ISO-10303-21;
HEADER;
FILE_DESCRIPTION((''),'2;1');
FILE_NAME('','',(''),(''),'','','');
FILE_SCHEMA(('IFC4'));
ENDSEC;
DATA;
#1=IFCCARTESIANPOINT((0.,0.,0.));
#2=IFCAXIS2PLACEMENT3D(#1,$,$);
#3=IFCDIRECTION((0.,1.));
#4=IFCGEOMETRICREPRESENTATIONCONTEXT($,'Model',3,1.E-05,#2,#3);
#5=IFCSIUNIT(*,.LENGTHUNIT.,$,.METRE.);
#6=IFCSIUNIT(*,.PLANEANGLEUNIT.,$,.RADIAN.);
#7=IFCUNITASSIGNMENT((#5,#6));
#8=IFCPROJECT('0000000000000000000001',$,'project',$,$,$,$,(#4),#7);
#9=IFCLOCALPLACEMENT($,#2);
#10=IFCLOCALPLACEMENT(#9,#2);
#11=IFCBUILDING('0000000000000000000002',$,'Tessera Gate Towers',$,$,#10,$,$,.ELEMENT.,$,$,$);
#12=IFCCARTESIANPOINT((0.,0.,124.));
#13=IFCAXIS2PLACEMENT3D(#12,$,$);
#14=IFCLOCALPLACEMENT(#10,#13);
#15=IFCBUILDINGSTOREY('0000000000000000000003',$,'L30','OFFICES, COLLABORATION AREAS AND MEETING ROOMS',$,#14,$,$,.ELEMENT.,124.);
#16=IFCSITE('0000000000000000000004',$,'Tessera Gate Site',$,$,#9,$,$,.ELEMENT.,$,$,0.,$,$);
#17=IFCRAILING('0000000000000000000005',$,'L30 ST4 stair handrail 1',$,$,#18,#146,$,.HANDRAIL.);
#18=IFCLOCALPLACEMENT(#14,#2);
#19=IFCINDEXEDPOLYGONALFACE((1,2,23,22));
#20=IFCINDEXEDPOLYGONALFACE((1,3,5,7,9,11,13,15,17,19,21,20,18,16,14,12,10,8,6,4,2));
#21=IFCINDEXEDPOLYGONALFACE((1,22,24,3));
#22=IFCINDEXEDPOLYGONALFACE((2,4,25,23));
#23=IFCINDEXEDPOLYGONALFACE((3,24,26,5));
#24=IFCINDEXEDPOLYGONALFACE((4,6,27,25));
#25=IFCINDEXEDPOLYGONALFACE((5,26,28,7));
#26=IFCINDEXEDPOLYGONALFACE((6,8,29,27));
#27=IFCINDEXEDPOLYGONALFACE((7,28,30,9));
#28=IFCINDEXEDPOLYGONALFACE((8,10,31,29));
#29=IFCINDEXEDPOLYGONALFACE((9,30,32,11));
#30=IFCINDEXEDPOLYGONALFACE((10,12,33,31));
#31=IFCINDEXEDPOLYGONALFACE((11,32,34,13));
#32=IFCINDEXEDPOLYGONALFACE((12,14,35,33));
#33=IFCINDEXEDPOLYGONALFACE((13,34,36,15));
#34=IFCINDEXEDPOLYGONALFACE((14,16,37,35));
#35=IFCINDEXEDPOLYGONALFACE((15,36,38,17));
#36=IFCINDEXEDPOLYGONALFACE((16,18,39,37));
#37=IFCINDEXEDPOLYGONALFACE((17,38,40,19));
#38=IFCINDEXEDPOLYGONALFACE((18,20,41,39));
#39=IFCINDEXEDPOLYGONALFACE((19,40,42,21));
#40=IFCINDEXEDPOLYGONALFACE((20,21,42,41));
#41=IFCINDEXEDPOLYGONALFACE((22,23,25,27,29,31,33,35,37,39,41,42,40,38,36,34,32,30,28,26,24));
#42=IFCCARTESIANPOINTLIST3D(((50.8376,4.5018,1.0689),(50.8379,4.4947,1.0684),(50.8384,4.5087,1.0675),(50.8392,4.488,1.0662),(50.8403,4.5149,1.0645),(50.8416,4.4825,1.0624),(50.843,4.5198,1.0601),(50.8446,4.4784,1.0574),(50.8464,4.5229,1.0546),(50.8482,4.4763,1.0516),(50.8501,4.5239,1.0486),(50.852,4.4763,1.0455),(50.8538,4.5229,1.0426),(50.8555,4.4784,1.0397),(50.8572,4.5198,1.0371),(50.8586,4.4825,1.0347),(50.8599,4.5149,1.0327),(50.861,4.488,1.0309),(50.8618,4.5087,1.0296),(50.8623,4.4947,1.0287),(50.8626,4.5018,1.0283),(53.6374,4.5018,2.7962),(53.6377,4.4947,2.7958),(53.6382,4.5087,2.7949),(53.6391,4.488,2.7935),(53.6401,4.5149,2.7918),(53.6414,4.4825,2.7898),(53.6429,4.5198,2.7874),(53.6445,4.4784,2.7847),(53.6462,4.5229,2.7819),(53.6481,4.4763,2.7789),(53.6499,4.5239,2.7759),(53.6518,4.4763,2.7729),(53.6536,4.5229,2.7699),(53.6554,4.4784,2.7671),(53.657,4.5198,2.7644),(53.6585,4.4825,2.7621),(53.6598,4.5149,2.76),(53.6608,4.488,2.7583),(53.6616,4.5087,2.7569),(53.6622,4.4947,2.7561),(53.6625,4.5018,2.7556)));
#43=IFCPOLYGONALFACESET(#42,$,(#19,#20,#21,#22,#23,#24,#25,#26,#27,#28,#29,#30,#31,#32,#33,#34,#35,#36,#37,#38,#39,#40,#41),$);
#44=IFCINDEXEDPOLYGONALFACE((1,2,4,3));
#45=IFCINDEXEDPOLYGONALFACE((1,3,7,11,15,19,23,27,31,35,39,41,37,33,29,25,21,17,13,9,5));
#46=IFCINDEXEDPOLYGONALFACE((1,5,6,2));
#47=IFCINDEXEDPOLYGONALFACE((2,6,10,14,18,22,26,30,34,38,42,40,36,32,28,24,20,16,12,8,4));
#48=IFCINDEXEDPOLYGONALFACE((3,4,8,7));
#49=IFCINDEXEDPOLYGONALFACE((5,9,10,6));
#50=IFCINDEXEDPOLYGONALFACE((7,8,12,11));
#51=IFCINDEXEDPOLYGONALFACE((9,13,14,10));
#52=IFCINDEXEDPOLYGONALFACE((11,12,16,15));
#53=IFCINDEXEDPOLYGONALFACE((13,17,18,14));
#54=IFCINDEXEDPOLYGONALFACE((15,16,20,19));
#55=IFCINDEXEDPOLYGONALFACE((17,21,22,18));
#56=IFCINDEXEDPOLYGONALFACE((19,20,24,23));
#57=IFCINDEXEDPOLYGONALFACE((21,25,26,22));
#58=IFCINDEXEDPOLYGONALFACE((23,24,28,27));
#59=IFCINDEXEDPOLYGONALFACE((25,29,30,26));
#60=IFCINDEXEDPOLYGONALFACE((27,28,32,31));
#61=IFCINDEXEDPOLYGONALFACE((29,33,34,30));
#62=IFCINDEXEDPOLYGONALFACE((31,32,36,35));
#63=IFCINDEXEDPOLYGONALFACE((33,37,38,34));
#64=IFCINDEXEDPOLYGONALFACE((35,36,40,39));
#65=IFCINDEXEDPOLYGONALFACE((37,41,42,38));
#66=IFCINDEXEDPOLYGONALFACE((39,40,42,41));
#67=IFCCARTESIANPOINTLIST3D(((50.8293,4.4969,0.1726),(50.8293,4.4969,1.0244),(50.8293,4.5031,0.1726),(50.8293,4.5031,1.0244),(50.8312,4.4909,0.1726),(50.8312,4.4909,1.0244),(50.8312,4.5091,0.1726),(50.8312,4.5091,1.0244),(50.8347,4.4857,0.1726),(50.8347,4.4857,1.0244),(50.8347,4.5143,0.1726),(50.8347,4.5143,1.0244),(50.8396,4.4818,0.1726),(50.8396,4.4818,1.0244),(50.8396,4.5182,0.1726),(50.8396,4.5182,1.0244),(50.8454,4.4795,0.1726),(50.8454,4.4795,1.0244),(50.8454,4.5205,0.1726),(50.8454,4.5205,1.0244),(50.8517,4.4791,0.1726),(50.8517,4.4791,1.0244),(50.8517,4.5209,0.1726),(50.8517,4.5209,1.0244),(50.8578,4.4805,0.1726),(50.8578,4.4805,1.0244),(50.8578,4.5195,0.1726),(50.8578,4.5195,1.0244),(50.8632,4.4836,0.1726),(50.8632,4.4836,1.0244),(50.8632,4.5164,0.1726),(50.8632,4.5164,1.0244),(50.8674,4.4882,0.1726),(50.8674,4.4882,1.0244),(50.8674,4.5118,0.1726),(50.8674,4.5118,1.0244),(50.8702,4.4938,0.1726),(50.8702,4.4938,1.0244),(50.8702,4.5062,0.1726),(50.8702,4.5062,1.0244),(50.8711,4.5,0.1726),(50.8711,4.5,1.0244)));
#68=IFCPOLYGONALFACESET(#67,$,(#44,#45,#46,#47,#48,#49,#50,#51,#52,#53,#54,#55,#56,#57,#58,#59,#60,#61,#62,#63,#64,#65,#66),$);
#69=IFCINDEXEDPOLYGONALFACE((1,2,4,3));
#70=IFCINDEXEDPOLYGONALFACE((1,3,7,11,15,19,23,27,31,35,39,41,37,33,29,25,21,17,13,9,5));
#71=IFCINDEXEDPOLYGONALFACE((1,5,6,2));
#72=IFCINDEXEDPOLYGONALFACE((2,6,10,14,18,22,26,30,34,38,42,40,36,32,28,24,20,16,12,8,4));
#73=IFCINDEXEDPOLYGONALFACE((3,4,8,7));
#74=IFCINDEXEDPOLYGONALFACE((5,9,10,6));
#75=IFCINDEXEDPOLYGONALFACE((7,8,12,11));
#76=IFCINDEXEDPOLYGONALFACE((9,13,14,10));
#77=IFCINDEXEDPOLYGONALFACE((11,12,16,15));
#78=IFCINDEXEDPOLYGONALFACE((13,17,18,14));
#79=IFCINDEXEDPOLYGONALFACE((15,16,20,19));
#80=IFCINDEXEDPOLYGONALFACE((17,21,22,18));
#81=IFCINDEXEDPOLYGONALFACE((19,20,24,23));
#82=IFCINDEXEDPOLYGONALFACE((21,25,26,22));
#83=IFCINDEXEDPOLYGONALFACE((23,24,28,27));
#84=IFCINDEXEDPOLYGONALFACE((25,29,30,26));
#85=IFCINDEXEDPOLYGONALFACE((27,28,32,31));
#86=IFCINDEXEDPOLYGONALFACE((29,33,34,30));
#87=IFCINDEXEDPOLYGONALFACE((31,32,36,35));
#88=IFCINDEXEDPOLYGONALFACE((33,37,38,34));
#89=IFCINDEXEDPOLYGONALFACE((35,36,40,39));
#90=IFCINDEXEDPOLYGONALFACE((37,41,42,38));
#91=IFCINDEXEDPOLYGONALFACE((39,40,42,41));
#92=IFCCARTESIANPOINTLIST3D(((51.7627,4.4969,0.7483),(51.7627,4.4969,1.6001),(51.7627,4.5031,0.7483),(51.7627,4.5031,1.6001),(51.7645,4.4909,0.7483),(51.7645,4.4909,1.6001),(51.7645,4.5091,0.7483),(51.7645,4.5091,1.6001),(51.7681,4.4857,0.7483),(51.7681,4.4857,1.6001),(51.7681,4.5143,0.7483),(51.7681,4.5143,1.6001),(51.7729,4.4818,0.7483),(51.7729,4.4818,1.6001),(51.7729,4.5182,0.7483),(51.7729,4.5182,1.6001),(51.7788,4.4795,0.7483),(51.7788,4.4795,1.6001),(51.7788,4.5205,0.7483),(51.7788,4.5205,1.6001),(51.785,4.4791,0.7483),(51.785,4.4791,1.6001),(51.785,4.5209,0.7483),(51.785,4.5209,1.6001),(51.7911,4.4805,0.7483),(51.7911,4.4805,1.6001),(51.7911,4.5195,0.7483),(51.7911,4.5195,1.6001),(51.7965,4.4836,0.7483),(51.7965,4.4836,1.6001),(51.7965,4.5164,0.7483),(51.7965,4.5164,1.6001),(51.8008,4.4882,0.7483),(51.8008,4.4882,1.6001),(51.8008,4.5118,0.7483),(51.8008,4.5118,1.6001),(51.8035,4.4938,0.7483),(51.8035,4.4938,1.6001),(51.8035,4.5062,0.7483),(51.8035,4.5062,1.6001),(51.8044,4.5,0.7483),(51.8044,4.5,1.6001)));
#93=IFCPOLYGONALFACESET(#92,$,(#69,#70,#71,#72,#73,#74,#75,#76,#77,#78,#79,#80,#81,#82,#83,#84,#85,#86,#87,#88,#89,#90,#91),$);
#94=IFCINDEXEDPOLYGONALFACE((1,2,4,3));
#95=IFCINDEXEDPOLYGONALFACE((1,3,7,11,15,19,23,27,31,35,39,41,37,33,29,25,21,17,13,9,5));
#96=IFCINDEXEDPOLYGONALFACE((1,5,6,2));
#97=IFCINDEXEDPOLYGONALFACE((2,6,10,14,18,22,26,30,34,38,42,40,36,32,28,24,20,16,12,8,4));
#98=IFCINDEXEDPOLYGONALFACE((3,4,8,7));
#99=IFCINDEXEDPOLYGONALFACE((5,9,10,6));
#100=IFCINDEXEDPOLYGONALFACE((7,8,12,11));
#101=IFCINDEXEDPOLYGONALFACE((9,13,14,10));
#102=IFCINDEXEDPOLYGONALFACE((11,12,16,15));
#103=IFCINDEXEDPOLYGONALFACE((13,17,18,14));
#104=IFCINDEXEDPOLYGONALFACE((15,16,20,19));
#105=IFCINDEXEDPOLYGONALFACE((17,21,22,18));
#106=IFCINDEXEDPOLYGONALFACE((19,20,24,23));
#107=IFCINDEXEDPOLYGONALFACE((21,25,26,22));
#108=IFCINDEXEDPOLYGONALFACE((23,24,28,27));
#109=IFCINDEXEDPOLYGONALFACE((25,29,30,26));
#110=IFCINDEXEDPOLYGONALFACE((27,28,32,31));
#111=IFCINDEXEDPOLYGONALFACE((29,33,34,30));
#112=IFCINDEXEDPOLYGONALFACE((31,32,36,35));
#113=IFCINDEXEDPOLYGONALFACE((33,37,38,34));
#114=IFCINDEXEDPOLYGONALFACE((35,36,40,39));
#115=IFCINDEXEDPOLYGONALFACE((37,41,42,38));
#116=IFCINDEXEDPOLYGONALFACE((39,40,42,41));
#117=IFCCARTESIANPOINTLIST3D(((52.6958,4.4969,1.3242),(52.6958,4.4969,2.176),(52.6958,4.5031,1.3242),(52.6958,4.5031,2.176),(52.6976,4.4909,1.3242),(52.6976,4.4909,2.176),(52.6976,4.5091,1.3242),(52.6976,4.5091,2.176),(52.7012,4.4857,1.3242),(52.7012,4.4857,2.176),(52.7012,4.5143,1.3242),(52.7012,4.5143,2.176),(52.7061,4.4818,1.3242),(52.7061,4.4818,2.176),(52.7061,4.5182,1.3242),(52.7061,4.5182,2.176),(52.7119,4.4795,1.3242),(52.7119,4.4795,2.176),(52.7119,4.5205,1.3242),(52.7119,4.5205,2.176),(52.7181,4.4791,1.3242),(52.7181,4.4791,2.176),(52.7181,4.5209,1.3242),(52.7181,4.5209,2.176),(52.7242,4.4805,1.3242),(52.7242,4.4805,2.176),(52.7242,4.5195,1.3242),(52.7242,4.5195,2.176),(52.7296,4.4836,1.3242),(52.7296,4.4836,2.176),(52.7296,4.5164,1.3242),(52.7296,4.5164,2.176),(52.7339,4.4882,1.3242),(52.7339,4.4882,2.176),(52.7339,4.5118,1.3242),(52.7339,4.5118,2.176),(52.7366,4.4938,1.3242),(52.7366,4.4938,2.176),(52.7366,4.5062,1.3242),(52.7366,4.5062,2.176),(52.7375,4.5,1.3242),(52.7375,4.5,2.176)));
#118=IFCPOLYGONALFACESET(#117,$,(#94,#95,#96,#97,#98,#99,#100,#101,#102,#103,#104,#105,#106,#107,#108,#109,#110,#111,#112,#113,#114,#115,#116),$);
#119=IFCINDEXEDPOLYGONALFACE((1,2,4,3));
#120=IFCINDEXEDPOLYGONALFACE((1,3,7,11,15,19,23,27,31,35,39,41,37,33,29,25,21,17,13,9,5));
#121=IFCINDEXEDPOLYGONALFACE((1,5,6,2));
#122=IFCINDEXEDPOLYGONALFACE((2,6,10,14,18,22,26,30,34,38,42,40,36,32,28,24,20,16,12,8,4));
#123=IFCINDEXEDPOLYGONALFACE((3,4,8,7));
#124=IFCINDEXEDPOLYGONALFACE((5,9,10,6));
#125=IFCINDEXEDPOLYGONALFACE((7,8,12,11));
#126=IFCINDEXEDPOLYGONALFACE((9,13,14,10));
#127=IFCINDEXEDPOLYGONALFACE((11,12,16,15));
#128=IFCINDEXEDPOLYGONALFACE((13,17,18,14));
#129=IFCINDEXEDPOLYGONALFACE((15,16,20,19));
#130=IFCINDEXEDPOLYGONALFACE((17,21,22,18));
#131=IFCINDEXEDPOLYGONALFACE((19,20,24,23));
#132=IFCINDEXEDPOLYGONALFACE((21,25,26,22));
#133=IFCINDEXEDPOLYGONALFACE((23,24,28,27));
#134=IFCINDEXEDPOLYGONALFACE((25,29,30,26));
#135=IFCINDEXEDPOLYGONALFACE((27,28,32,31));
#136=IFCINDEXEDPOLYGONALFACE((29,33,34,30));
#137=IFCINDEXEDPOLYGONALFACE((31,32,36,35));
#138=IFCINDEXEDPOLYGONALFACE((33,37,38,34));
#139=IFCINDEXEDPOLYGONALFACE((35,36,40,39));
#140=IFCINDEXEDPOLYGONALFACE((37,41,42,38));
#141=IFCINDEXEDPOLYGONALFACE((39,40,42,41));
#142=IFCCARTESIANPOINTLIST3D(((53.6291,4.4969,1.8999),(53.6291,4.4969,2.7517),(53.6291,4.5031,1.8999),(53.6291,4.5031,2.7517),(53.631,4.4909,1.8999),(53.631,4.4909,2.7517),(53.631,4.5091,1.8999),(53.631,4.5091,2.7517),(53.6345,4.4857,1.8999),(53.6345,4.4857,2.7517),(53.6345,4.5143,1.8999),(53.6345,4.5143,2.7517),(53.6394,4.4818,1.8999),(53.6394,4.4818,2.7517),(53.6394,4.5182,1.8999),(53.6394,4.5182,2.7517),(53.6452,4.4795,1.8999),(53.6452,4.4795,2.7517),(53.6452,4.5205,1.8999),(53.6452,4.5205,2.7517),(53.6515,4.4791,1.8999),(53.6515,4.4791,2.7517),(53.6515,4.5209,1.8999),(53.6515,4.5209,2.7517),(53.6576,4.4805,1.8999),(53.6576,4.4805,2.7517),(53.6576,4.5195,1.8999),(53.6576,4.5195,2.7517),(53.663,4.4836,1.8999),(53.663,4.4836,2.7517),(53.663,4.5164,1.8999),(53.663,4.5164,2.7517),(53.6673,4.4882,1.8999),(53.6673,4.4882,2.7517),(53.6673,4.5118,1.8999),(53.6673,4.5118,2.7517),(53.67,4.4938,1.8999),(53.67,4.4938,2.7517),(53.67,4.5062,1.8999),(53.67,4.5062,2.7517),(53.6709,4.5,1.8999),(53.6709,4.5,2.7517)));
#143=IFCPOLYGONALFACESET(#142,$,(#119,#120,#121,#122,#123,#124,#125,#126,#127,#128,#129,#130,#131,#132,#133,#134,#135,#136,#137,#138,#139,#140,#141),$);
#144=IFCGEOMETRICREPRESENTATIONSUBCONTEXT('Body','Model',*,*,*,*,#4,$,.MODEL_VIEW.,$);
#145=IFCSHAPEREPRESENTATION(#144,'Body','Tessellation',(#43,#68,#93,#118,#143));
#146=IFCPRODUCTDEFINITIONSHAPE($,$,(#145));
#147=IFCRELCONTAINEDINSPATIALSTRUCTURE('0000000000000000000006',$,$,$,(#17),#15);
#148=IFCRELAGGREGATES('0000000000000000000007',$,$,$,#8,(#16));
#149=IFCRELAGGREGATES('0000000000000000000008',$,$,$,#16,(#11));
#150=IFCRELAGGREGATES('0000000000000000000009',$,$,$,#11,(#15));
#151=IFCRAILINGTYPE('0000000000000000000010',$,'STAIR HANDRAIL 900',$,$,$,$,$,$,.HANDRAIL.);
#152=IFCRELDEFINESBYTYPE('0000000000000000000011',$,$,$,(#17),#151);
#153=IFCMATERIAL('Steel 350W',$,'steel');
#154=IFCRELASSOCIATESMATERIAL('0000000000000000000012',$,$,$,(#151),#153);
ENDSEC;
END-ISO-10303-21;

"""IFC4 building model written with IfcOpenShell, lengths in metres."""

from ifc_helpers import new_model, si_unit, direction, frame, origin, origin_2d, place, context, subcontext, project, spatial, circle, extrude, material, type_object, element, save


model = new_model("IFC4")

# Units and contexts
model_context = context("Model", 3, precision=1e-05, world=origin(), true_north=direction((0.0, 1.0)))
body_context = subcontext(model_context, "Body", "Model", "MODEL_VIEW")
ifc_project = project(units=[si_unit("LENGTHUNIT", "METRE"), si_unit("PLANEANGLEUNIT", "RADIAN")], contexts=[model_context])

# Site, building, storey
site_placement = place(None, origin())
site = spatial("IfcSite", under=ifc_project, at=site_placement, Name="Tessera Gate Site", CompositionType="ELEMENT", RefElevation=0.0)
building_placement = place(site_placement, origin())
building = spatial("IfcBuilding", under=site, at=building_placement, Name="Tessera Gate Towers", CompositionType="ELEMENT")
storey_placement = place(building_placement, frame((0.0, 0.0, 124.0)))
storey = spatial("IfcBuildingStorey", under=building, at=storey_placement, Name="L30", Description="OFFICES, COLLABORATION AREAS AND MEETING ROOMS", CompositionType="ELEMENT", Elevation=124.0)

# Railing
ifc_material_1 = material(Name="Steel 350W", Category="steel")
railing_type_1 = type_object("IfcRailingType", Name="STAIR HANDRAIL 900", PredefinedType="HANDRAIL", material=ifc_material_1)
railing_1_placement = place(storey_placement, frame((50.8501, 4.5, 0.1726)))
element("IfcRailing", 1, at=railing_1_placement, inside=storey, type_object=railing_type_1, Name="L30 ST4 stair handrail 1", PredefinedType="HANDRAIL", context=body_context, shape_type="SweptSolid", body=[
    extrude(circle(Radius=0.0239, at=origin_2d()), frame((0.0, 0.0, 0.876), z_axis=(0.851069, 0.0, 0.525054), x_axis=(0.0, 1.0, 0.0)), (0.0, 0.0, 1.0), 3.2898),
    extrude(circle(Radius=0.021, at=origin_2d()), origin(), (0.0, 0.0, 1.0), 0.8518),
    extrude(circle(Radius=0.021, at=origin_2d()), frame((0.9333, 0.0, 0.5757)), (0.0, 0.0, 1.0), 0.8518),
    extrude(circle(Radius=0.021, at=origin_2d()), frame((1.8665, 0.0, 1.1516)), (0.0, 0.0, 1.0), 0.8518),
    extrude(circle(Radius=0.021, at=origin_2d()), frame((2.7998, 0.0, 1.7273)), (0.0, 0.0, 1.0), 0.8518),
])

save(model, "model.ifc")
